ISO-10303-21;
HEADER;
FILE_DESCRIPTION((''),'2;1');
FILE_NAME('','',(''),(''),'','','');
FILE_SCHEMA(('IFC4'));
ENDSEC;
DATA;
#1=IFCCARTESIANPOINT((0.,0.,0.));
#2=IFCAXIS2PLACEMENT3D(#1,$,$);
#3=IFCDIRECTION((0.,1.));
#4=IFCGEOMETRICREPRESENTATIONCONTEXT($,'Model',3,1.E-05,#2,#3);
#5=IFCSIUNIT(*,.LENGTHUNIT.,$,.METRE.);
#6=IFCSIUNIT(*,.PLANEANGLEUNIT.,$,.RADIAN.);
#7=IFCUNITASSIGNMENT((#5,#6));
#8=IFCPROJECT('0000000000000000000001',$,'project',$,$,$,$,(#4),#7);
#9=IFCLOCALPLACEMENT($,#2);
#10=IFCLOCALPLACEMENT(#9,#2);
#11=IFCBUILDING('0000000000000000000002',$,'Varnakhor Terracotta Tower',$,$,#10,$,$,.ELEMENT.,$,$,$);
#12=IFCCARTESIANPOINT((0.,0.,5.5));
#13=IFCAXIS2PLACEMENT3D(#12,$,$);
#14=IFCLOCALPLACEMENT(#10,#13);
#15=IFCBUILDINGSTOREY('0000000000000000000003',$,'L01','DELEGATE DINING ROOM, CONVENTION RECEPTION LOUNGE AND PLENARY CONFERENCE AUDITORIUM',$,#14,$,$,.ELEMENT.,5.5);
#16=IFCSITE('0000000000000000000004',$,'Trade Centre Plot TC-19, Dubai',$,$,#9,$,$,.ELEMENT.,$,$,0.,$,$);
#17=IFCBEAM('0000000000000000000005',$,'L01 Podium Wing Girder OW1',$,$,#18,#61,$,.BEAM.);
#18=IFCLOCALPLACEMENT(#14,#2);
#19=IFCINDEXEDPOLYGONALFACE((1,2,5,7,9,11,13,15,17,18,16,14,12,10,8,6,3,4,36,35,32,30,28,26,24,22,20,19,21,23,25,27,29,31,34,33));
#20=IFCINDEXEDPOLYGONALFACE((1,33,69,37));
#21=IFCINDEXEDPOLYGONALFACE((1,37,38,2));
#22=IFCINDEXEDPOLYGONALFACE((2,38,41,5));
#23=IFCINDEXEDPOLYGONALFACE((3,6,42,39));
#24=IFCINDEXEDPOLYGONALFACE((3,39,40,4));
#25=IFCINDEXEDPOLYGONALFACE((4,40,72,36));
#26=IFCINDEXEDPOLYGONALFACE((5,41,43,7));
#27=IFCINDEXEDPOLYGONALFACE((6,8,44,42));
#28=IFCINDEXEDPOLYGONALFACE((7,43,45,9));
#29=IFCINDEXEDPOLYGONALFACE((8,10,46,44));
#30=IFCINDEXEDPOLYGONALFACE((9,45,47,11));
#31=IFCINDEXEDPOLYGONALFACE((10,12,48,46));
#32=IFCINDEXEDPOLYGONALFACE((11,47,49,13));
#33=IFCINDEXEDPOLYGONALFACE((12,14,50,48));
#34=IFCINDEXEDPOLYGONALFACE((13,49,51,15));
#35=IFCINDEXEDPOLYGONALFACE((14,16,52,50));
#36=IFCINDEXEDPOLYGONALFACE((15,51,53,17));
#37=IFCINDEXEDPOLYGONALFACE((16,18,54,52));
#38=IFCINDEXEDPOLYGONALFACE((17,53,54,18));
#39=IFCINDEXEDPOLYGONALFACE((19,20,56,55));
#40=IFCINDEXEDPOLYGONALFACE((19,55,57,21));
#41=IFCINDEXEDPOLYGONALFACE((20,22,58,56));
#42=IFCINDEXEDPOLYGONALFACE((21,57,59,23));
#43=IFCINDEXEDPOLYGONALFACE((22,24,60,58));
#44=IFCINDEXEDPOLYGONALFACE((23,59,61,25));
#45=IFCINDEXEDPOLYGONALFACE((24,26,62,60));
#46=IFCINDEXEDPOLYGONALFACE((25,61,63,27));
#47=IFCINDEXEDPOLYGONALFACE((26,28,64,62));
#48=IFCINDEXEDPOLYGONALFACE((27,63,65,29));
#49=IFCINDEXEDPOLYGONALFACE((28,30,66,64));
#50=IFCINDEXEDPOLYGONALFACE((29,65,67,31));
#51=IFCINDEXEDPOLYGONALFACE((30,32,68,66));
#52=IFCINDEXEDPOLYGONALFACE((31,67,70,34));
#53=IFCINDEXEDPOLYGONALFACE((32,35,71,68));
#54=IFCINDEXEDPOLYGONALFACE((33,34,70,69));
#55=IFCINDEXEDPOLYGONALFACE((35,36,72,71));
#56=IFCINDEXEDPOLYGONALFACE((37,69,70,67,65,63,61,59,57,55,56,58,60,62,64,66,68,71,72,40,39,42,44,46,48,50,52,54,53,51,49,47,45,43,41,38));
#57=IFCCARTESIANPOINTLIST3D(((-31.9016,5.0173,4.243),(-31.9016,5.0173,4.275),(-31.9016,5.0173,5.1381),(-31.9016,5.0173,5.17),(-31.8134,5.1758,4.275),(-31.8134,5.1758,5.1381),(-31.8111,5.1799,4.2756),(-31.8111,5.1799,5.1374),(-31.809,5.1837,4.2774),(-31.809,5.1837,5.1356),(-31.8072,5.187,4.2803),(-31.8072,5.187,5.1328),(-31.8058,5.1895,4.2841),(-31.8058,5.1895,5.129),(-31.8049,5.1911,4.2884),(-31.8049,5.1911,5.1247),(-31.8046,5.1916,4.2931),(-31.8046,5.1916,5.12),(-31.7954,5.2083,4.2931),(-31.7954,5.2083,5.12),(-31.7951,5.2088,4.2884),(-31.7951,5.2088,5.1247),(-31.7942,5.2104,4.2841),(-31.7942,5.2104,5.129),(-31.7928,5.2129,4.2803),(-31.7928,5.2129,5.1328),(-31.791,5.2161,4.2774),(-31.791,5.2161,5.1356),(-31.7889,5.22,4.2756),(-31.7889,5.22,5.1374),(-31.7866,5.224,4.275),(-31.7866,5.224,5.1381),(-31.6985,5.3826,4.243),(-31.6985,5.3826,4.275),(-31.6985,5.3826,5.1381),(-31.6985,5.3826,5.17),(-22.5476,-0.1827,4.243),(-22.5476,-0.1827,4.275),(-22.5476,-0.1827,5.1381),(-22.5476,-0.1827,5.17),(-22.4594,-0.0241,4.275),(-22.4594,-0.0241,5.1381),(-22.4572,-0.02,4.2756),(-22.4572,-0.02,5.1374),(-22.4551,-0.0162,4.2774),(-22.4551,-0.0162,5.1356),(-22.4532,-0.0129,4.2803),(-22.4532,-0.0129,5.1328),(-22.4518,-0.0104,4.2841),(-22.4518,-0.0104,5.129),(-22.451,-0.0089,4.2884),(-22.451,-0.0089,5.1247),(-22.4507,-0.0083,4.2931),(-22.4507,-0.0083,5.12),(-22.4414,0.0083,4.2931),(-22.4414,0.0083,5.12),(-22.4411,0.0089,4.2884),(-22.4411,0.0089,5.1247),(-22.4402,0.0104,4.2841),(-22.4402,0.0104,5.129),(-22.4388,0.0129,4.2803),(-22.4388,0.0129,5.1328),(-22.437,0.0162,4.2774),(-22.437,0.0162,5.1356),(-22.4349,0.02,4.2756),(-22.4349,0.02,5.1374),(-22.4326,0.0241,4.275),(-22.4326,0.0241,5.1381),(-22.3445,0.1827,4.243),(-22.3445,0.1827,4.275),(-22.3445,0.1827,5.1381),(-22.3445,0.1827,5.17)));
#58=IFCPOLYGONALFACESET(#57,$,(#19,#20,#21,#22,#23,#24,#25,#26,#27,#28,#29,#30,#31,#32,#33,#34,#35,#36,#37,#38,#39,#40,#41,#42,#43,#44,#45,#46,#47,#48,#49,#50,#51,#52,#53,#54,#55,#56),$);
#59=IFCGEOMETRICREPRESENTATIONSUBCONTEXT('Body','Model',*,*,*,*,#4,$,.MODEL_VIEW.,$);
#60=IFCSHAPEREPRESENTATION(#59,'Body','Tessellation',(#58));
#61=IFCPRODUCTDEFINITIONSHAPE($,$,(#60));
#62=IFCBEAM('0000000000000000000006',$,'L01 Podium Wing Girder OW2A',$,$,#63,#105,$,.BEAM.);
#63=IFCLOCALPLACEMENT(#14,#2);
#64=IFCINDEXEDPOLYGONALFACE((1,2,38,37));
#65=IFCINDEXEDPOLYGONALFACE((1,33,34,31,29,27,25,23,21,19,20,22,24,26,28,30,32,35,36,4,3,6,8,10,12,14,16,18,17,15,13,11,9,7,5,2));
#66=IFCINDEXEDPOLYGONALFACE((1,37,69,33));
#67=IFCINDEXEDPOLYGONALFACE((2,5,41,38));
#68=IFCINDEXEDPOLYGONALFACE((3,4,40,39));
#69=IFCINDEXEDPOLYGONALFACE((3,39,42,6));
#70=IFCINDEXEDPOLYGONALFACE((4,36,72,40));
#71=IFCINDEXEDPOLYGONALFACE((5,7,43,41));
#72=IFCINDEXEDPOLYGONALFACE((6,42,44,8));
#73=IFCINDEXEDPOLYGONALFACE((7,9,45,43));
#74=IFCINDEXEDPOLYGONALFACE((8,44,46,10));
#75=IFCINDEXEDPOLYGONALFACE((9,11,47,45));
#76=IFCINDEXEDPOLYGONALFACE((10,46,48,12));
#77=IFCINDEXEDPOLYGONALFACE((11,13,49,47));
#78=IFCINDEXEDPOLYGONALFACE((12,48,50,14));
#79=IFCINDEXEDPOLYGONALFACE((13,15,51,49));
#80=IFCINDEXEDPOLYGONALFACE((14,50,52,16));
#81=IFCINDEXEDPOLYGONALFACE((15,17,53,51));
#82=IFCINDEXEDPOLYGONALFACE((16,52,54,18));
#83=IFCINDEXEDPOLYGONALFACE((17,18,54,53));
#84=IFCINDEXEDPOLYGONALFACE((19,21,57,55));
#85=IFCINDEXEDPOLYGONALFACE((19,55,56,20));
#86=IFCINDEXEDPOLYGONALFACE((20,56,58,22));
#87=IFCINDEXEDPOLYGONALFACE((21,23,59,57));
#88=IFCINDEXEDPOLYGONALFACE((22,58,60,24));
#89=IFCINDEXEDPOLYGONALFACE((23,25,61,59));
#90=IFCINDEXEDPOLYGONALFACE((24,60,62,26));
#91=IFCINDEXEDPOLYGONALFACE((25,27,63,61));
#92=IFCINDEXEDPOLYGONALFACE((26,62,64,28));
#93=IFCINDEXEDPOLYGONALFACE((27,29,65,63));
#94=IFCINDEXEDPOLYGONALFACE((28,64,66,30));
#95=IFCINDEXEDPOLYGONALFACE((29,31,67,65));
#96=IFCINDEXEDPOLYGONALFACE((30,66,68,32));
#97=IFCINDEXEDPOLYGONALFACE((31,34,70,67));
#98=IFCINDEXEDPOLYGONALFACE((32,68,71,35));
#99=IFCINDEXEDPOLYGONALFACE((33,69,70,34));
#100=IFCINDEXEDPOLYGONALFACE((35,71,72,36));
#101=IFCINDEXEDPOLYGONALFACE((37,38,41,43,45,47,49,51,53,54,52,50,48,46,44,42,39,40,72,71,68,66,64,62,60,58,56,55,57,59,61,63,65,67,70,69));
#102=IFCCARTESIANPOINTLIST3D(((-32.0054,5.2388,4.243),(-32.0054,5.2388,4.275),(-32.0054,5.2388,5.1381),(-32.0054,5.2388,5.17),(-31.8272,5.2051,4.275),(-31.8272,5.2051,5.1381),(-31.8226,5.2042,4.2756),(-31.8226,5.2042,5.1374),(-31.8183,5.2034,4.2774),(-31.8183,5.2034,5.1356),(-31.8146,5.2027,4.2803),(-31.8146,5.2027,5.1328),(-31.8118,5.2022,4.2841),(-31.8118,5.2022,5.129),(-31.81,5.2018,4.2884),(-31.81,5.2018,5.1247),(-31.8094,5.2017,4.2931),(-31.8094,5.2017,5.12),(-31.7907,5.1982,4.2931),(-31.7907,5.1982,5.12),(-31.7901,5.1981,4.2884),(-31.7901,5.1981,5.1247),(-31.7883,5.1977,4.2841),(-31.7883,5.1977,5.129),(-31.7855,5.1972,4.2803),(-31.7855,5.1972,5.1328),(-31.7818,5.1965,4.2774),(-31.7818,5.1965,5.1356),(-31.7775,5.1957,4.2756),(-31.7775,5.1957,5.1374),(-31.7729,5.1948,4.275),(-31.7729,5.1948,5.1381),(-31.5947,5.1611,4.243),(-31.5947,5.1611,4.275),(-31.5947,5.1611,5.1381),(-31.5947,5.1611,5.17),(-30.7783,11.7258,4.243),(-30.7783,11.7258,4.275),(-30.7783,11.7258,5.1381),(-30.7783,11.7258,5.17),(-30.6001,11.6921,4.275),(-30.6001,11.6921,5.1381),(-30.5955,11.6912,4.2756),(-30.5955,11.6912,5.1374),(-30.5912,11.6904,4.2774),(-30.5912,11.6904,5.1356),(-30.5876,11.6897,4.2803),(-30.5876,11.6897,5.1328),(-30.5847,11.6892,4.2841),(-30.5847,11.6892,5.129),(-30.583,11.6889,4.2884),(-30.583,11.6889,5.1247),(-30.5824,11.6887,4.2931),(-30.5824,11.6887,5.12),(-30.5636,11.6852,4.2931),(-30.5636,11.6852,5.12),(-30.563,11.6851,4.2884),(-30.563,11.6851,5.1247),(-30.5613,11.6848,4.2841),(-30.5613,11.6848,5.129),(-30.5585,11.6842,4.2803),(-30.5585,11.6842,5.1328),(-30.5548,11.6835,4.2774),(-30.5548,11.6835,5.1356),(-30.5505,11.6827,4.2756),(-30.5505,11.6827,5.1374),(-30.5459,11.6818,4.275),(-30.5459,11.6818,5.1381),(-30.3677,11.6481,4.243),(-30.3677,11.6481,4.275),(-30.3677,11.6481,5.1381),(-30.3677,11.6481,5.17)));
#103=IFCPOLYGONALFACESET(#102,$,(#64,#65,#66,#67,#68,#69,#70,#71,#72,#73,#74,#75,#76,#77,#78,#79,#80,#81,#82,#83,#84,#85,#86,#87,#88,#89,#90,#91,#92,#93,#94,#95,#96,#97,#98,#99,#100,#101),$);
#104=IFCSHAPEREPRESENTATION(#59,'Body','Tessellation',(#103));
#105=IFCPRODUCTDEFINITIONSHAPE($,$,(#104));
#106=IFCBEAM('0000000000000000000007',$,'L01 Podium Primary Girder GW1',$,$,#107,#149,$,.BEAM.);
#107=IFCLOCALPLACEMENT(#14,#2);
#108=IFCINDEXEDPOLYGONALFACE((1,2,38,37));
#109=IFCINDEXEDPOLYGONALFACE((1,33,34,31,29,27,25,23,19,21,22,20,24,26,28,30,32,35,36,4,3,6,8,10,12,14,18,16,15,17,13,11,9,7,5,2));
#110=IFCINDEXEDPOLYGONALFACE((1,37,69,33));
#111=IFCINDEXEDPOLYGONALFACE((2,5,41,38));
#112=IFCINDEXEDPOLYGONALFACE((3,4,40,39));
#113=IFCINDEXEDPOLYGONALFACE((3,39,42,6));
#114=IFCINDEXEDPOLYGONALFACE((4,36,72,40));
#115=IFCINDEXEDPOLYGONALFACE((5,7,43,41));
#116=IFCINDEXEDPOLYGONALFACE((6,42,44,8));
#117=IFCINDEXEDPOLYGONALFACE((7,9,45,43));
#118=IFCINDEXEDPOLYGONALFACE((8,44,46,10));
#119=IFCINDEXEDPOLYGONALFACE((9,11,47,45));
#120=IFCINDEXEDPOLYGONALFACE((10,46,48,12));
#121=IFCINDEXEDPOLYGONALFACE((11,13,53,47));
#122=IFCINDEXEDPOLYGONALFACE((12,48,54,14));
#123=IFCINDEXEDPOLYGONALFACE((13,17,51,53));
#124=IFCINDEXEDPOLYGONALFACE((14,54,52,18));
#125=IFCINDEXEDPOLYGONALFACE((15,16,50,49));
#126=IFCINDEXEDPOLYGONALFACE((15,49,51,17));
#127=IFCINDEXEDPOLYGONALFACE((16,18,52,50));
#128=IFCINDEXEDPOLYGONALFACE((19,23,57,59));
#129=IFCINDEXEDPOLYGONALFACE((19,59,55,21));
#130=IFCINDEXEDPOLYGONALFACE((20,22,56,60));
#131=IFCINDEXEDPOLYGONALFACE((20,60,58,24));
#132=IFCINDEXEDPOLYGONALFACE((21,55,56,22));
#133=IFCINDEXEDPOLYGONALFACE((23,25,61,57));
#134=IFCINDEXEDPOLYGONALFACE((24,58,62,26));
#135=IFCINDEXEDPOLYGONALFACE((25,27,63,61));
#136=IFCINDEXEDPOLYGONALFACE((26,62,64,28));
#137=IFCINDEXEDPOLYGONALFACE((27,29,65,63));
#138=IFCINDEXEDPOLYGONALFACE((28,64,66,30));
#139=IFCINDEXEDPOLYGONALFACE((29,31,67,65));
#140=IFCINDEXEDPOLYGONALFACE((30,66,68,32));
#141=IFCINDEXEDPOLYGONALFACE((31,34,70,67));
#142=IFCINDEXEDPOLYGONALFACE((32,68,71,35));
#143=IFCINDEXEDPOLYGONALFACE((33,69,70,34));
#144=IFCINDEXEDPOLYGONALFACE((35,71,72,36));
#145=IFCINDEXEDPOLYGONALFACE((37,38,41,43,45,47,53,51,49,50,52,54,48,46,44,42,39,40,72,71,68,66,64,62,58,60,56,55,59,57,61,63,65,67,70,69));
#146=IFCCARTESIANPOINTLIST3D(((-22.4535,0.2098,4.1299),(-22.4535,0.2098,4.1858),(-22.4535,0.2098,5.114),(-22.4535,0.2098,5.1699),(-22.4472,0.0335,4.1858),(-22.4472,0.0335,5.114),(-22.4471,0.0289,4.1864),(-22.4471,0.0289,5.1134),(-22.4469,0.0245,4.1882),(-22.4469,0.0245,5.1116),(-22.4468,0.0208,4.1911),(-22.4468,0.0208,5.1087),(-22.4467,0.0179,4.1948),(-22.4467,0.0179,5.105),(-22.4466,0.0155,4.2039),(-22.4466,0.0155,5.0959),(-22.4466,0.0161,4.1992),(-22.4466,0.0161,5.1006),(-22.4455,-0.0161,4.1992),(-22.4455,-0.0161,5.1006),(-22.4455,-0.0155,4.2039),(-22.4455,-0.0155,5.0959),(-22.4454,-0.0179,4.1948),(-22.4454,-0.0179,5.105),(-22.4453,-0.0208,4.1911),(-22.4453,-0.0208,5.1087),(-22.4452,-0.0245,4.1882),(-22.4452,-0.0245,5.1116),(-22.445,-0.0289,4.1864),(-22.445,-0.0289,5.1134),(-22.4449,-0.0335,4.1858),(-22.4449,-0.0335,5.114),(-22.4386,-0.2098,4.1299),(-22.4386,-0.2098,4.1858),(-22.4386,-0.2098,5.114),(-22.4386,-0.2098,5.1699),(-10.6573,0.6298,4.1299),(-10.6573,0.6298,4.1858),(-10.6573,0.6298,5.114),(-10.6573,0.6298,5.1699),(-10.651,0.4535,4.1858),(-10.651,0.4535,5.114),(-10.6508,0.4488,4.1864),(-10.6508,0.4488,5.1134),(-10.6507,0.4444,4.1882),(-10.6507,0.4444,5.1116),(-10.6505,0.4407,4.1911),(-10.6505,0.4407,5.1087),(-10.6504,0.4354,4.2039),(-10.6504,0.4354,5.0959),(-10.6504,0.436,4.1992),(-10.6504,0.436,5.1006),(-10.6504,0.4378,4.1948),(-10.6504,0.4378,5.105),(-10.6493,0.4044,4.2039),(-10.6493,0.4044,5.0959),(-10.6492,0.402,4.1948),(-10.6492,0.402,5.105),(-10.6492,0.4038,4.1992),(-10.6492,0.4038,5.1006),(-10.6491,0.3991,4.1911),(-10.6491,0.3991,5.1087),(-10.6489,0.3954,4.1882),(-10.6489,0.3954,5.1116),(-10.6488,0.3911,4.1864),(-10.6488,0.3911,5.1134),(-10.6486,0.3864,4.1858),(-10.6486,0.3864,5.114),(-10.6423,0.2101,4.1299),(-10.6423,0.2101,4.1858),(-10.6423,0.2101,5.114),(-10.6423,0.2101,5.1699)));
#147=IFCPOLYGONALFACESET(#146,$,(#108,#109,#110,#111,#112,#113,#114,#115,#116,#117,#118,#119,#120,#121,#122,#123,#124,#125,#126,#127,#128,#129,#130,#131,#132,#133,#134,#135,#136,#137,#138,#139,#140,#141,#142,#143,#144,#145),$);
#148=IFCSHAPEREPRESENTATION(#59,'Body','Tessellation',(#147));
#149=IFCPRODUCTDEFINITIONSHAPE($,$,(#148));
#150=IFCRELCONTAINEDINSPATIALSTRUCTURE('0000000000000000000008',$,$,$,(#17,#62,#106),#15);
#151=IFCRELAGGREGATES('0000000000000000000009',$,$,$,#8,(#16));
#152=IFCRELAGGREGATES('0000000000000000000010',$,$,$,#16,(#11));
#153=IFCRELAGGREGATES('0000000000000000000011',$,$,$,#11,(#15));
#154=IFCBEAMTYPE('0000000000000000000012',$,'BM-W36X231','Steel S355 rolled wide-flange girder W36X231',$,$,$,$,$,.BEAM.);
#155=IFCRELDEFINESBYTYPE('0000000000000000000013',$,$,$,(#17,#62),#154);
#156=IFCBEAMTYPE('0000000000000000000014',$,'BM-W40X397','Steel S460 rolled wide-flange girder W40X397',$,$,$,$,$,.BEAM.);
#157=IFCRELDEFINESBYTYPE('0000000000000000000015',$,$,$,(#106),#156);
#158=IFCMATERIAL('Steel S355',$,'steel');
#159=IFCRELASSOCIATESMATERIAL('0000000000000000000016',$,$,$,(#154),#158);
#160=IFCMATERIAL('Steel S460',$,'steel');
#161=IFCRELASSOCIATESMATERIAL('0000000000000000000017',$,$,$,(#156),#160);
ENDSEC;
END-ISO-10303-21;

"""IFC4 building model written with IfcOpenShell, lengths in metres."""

from ifc_helpers import new_model, si_unit, direction, frame, origin, origin_2d, place, context, subcontext, project, spatial, i_section, extrude, source, transform, mapped, material, material_profile, profile_set, type_object, type_shapes, element, save


model = new_model("IFC4")

# Units and contexts
model_context = context("Model", 3, precision=1e-05, world=origin(), true_north=direction((0.0, 1.0)))
body_context = subcontext(model_context, "Body", "Model", "MODEL_VIEW")
ifc_project = project(units=[si_unit("LENGTHUNIT", "METRE"), si_unit("PLANEANGLEUNIT", "RADIAN")], contexts=[model_context])

# Site, building, storey
site_placement = place(None, origin())
site = spatial("IfcSite", under=ifc_project, at=site_placement, Name="Trade Centre Plot TC-19, Dubai", CompositionType="ELEMENT", RefElevation=0.0)
building_placement = place(site_placement, origin())
building = spatial("IfcBuilding", under=site, at=building_placement, Name="Varnakhor Terracotta Tower", CompositionType="ELEMENT")
storey_placement = place(building_placement, frame((0.0, 0.0, 5.5)))
storey = spatial("IfcBuildingStorey", under=building, at=storey_placement, Name="L01", Description="DELEGATE DINING ROOM, CONVENTION RECEPTION LOUNGE AND PLENARY CONFERENCE AUDITORIUM", CompositionType="ELEMENT", Elevation=5.5)

# Shared definitions
ifc_material_1 = material(Name="Steel S460", Category="steel")

# Beams
ifc_material_2 = material(Name="Steel S355", Category="steel")
ifc_material_profile_1 = material_profile(ifc_material_2, i_section(OverallWidth=0.418, OverallDepth=0.927, WebThickness=0.019, FlangeThickness=0.032, FilletRadius=0.0181, at=origin_2d()), Name="W36X231")
ifc_profile_set_1 = profile_set([ifc_material_profile_1], Name="Steel S355")
beam_type_1 = type_object("IfcBeamType", Name="BM-W36X231", Description="Steel S355 rolled wide-flange girder W36X231", PredefinedType="BEAM", material=ifc_profile_set_1)
shared_shape_1 = source(origin(), body_context, "Body", "SweptSolid", [
    extrude(i_section(OverallWidth=0.418, OverallDepth=0.927, WebThickness=0.019, FlangeThickness=0.032, FilletRadius=0.0181, at=origin_2d()), origin(), (0.0, 0.0, 1.0), 10.7021),
])
beam_1_placement = place(storey_placement, frame((-22.446, 0.0, 4.7065), z_axis=(-0.874027, 0.485877, 0.0), x_axis=(-0.485877, -0.874027, 0.0)))
element("IfcBeam", 1, at=beam_1_placement, inside=storey, type_object=beam_type_1, Name="L01 Podium Wing Girder OW1", PredefinedType="BEAM", context=body_context, shape_type="MappedRepresentation", body=[
    mapped(shared_shape_1, transform((0.0, 0.0, 0.0), scale=1.0)),
])
shared_shape_2 = source(origin(), body_context, "Body", "SweptSolid", [
    extrude(i_section(OverallWidth=0.418, OverallDepth=0.927, WebThickness=0.019, FlangeThickness=0.032, FilletRadius=0.0181, at=origin_2d()), origin(), (0.0, 0.0, 1.0), 6.6021),
])
beam_2_placement = place(storey_placement, frame((-31.8, 5.2, 4.7065), z_axis=(0.185858, 0.982577, 0.0), x_axis=(-0.982577, 0.185858, 0.0)))
element("IfcBeam", 2, at=beam_2_placement, inside=storey, type_object=beam_type_1, Name="L01 Podium Wing Girder OW2A", PredefinedType="BEAM", context=body_context, shape_type="MappedRepresentation", body=[
    mapped(shared_shape_2, transform((0.0, 0.0, 0.0), scale=1.0)),
])
ifc_material_profile_2 = material_profile(ifc_material_1, i_section(OverallWidth=0.4199, OverallDepth=1.04, WebThickness=0.031, FlangeThickness=0.0559, FilletRadius=0.0181, at=origin_2d()), Name="W40X397")
ifc_profile_set_2 = profile_set([ifc_material_profile_2], Name="Steel S460")
beam_type_2 = type_object("IfcBeamType", Name="BM-W40X397", Description="Steel S460 rolled wide-flange girder W40X397", PredefinedType="BEAM", material=ifc_profile_set_2)
shared_shape_3 = source(origin(), body_context, "Body", "SweptSolid", [
    extrude(i_section(OverallWidth=0.4199, OverallDepth=1.04, WebThickness=0.031, FlangeThickness=0.0559, FilletRadius=0.0181, at=origin_2d()), origin(), (0.0, 0.0, 1.0), 11.8037),
])
type_shapes(beam_type_2, [shared_shape_3])
beam_3_placement = place(storey_placement, frame((-22.446, 0.0, 4.6499), z_axis=(0.999367, 0.035576, 0.0), x_axis=(-0.035576, 0.999367, 0.0)))
element("IfcBeam", 3, at=beam_3_placement, inside=storey, type_object=beam_type_2, Name="L01 Podium Primary Girder GW1", PredefinedType="BEAM", context=body_context, shape_type="MappedRepresentation", body=[
    mapped(shared_shape_3, transform((0.0, 0.0, 0.0), scale=1.0)),
])

save(model, "model.ifc")
